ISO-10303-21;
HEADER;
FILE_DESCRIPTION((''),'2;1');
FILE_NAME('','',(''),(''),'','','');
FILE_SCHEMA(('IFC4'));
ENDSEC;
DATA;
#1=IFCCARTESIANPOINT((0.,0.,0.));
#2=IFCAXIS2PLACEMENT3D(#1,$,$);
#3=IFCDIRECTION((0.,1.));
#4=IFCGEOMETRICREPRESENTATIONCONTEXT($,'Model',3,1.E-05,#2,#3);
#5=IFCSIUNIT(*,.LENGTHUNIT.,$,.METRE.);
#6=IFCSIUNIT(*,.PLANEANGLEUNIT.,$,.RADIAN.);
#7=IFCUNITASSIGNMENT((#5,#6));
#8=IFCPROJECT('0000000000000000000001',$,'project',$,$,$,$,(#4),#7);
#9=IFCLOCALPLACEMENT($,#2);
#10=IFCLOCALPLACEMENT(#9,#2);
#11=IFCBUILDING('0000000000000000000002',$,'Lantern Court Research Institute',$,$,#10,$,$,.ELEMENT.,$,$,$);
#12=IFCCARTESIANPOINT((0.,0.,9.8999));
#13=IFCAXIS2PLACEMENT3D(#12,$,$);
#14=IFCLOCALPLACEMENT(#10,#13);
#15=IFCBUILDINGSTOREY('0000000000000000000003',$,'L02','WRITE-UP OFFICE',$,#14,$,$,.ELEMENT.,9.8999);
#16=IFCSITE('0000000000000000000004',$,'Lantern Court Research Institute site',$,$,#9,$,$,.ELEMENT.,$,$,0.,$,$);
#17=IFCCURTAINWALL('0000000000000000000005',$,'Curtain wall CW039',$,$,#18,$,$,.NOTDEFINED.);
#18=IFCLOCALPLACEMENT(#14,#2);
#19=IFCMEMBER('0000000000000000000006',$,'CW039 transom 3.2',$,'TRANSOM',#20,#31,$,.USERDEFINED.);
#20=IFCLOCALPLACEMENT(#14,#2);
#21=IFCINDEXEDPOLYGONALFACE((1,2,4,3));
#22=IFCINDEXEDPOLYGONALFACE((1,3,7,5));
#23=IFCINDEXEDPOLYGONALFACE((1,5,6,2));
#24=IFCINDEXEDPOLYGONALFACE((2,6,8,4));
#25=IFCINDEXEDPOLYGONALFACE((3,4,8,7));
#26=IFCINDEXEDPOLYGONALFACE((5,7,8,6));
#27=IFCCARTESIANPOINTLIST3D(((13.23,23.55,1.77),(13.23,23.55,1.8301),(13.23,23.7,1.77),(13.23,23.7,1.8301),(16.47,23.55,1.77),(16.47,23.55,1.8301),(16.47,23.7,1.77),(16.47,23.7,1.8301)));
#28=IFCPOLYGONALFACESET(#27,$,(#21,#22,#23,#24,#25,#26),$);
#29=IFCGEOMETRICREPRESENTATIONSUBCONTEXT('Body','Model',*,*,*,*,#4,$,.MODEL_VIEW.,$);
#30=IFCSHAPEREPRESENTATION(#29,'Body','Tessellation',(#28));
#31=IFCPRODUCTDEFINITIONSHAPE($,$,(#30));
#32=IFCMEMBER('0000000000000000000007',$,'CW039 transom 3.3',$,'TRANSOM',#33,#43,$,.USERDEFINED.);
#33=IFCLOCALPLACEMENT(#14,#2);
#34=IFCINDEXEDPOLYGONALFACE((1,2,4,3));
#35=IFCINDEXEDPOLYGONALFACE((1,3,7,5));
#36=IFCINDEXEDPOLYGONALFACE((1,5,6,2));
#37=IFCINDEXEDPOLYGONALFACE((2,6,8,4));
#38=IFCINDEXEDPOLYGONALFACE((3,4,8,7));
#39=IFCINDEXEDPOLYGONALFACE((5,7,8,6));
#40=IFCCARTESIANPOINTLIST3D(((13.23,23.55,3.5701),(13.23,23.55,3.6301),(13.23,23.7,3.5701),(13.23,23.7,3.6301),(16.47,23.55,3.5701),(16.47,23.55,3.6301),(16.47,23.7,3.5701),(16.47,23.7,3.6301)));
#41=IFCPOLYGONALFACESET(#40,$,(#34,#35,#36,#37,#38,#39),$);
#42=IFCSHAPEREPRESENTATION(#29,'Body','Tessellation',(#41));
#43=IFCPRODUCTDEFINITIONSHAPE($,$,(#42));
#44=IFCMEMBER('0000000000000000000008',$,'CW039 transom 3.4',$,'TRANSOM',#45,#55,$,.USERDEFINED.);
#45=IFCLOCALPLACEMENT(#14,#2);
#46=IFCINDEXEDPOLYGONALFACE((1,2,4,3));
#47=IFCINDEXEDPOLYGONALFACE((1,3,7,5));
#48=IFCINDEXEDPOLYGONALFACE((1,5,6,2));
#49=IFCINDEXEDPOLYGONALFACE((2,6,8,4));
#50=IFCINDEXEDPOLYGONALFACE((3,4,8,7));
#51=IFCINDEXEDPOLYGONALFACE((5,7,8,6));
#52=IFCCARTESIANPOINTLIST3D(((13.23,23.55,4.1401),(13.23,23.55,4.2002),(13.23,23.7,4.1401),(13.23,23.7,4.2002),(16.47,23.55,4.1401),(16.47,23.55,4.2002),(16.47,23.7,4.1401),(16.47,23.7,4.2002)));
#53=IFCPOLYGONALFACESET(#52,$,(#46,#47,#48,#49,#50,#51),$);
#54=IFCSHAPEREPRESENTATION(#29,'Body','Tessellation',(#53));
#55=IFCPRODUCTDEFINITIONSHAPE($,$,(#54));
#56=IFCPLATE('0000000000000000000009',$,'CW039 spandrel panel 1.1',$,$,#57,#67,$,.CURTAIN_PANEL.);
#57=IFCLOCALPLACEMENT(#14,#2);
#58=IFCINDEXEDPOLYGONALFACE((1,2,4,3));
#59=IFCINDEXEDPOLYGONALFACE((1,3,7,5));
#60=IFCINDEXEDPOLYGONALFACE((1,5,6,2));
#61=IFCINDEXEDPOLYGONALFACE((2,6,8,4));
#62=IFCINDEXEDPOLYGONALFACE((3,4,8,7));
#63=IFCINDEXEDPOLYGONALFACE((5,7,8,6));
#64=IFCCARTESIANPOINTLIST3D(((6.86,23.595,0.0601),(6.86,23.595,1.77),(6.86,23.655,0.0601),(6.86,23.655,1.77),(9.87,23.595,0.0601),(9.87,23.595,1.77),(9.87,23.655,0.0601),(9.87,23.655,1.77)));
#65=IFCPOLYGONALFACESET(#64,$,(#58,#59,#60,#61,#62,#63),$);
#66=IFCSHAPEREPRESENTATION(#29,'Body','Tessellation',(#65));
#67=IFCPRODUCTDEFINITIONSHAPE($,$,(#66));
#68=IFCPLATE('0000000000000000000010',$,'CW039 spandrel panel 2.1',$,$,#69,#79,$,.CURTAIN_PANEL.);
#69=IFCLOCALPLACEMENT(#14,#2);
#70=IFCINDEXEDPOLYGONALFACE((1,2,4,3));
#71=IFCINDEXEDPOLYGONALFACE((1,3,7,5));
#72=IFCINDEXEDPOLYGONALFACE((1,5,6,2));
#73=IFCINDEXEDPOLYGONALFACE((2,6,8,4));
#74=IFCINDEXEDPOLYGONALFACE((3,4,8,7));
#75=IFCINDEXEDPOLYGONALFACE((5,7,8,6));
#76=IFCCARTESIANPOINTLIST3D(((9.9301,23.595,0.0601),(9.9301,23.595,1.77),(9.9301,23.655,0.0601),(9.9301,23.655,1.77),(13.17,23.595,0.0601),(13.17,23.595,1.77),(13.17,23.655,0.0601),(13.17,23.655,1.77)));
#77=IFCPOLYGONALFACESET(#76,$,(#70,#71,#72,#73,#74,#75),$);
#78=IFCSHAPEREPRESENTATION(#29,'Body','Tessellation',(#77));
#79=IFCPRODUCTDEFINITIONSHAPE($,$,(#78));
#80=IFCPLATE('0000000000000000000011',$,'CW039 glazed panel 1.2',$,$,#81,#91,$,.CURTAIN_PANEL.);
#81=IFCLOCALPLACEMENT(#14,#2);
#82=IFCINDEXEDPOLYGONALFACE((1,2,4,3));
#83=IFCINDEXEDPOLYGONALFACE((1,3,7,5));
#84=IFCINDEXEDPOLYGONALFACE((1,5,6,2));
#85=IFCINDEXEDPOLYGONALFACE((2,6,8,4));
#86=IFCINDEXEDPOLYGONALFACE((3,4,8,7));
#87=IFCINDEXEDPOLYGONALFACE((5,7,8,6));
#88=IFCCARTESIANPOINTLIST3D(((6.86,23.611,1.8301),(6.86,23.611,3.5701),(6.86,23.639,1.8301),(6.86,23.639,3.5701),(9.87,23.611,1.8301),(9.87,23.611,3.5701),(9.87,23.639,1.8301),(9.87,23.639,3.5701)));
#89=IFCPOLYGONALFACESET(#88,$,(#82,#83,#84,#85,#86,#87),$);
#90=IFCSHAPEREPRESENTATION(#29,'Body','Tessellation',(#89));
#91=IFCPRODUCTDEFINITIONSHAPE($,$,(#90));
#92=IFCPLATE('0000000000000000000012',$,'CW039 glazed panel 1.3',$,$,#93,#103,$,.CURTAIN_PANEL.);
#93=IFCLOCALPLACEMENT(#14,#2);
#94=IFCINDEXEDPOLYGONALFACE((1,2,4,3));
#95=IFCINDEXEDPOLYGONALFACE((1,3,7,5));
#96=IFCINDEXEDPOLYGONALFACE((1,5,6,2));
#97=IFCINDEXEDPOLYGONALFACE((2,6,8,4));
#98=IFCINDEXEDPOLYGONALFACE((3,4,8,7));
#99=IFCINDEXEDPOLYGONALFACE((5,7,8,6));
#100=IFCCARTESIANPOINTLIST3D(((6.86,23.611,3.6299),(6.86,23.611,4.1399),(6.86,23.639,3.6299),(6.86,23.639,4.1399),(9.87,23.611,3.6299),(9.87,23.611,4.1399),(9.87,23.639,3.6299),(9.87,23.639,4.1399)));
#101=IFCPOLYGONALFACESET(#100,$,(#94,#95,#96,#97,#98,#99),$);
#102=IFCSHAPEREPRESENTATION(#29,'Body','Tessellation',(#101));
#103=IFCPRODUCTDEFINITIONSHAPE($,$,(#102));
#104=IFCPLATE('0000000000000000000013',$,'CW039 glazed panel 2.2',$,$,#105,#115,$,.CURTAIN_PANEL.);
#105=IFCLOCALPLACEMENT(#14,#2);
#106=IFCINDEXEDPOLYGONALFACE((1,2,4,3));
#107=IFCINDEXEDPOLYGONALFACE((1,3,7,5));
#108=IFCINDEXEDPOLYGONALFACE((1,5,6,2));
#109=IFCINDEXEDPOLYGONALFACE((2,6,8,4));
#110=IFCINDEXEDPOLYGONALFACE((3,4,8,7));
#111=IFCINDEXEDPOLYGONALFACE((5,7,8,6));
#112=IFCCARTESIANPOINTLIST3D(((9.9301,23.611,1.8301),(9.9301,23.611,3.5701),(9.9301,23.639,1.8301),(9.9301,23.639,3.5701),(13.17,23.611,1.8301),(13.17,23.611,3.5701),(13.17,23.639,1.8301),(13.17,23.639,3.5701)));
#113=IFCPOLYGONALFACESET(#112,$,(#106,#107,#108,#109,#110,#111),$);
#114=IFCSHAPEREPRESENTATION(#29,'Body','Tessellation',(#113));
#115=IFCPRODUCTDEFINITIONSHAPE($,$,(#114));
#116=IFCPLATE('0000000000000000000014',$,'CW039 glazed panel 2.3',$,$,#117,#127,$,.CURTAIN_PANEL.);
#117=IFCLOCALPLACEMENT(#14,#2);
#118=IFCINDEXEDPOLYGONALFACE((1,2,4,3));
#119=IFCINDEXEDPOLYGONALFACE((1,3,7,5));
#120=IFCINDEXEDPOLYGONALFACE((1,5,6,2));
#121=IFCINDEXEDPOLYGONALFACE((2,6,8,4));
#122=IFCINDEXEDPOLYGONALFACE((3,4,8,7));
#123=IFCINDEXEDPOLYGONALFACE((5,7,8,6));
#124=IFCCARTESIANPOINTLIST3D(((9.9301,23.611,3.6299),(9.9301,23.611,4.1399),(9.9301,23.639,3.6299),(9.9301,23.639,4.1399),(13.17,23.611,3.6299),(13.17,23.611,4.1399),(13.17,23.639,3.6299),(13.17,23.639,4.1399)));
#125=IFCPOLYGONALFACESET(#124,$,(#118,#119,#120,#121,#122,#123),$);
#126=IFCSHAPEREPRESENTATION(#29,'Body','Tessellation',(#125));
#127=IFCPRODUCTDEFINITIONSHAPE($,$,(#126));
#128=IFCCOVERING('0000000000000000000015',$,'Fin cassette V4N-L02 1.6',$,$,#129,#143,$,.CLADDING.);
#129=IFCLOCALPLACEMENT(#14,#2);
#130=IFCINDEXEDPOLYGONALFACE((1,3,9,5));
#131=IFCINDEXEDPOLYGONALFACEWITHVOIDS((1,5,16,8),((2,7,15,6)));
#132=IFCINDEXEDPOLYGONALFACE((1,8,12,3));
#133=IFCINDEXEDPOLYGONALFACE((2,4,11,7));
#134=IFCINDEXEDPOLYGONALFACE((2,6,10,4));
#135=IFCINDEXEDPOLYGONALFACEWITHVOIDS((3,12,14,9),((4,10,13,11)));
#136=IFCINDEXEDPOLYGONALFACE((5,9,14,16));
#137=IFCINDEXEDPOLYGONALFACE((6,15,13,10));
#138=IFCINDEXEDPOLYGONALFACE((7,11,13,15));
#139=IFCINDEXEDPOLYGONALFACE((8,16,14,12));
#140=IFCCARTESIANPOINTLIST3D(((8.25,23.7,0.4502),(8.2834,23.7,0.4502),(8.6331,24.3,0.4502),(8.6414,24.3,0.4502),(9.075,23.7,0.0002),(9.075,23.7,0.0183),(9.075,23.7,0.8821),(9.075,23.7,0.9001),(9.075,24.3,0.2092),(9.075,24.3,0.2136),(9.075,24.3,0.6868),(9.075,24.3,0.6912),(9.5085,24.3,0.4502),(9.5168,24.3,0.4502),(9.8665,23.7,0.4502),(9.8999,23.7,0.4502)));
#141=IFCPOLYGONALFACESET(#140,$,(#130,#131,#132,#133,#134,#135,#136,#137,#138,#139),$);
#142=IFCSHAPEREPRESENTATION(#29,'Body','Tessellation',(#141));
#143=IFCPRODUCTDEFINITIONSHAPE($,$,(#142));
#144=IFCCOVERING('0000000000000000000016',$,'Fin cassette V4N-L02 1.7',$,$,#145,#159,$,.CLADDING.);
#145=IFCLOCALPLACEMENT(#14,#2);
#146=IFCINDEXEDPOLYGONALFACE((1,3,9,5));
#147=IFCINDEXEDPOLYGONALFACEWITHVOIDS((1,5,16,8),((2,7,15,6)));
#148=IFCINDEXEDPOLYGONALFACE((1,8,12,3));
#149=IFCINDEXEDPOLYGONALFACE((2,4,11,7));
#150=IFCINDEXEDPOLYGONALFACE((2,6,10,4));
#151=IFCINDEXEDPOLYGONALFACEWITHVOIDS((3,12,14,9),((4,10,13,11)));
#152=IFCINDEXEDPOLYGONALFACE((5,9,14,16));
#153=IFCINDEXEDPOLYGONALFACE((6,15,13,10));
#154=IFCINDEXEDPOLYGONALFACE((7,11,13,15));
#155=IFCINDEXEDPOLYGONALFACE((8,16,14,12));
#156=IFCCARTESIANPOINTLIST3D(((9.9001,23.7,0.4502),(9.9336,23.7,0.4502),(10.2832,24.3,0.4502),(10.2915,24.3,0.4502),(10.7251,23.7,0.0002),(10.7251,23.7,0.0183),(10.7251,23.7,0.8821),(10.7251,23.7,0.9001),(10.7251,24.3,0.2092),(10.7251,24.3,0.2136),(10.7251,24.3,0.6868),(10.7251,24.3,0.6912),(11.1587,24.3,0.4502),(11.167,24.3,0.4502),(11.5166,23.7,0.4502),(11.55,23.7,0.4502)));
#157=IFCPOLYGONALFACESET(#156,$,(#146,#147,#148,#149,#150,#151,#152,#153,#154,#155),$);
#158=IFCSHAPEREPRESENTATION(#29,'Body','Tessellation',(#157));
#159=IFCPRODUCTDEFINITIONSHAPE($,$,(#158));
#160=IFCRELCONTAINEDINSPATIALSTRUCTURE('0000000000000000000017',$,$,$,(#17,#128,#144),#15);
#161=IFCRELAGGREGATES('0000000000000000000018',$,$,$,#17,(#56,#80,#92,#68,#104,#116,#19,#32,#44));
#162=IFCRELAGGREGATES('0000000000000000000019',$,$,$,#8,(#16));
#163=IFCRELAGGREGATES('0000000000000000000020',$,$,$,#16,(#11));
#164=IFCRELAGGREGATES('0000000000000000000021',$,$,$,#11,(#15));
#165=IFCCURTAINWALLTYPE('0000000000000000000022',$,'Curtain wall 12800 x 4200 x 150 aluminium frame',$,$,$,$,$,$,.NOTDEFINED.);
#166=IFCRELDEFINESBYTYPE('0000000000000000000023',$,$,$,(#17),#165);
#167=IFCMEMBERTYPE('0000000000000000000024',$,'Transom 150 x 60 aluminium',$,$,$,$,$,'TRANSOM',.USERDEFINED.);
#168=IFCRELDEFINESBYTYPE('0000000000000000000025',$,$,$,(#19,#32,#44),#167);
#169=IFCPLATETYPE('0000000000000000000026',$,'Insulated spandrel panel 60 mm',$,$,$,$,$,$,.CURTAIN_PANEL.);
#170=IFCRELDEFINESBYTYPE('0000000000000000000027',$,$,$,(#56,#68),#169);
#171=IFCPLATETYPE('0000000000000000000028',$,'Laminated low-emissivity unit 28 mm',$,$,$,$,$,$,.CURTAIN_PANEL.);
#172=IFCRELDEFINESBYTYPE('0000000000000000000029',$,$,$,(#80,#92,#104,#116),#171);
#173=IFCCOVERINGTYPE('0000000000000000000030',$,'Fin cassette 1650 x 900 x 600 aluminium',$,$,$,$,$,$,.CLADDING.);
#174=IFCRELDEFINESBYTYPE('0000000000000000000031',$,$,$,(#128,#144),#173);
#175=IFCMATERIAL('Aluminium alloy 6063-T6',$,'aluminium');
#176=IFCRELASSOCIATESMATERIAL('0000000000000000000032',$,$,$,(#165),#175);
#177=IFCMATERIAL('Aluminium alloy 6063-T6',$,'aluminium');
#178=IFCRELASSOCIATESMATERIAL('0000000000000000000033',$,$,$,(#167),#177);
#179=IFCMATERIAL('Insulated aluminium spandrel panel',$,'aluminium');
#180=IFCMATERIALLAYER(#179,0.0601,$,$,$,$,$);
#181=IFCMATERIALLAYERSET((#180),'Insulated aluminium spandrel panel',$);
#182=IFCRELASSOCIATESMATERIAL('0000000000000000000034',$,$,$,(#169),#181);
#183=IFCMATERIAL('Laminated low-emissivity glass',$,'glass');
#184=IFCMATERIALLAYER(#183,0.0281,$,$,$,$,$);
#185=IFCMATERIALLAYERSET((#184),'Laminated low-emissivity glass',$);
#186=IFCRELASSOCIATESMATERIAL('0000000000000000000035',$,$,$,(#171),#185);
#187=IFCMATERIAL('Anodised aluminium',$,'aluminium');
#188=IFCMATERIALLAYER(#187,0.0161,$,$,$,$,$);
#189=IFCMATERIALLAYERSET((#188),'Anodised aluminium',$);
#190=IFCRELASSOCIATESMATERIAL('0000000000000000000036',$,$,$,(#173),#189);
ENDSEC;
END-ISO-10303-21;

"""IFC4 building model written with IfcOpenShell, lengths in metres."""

from ifc_helpers import new_model, entity, si_unit, direction, frame, origin, origin_2d, place, context, subcontext, project, spatial, rectangle, extrude, material, layer, layer_set, material_profile, profile_set, type_object, element, aggregate, save


model = new_model("IFC4")

# Units and contexts
model_context = context("Model", 3, precision=1e-05, world=origin(), true_north=direction((0.0, 1.0)))
body_context = subcontext(model_context, "Body", "Model", "MODEL_VIEW")
ifc_project = project(units=[si_unit("LENGTHUNIT", "METRE"), si_unit("PLANEANGLEUNIT", "RADIAN")], contexts=[model_context])

# Site, building, storey
site_placement = place(None, origin())
site = spatial("IfcSite", under=ifc_project, at=site_placement, Name="Lantern Court Research Institute site", CompositionType="ELEMENT", RefElevation=0.0)
building_placement = place(site_placement, origin())
building = spatial("IfcBuilding", under=site, at=building_placement, Name="Lantern Court Research Institute", CompositionType="ELEMENT")
storey_placement = place(building_placement, frame((0.0, 0.0, 9.8999)))
storey = spatial("IfcBuildingStorey", under=building, at=storey_placement, Name="L02", Description="WRITE-UP OFFICE", CompositionType="ELEMENT", Elevation=9.8999)

# Curtain wall
ifc_material_1 = material(Name="Aluminium alloy 6063-T6", Category="aluminium")
curtain_wall_type = type_object("IfcCurtainWallType", Name="Curtain wall 12800 x 4200 x 150 aluminium frame", PredefinedType="NOTDEFINED", material=ifc_material_1)
curtain_wall_placement = place(storey_placement, origin())
curtain_wall = element("IfcCurtainWall", 1, at=curtain_wall_placement, inside=storey, type_object=curtain_wall_type, Name="Curtain wall CW039", PredefinedType="NOTDEFINED")

# Members
ifc_material_2 = material(Name="Aluminium alloy 6063-T6", Category="aluminium")
ifc_material_profile_1 = material_profile(ifc_material_2, rectangle(XDim=0.1499, YDim=0.0601, at=origin_2d()), Name="Transom 150 x 60")
ifc_profile_set_1 = profile_set([ifc_material_profile_1], Name="Aluminium alloy 6063-T6")
member_type_1 = type_object("IfcMemberType", Name="Transom 150 x 60 aluminium", ElementType="TRANSOM", PredefinedType="USERDEFINED", material=ifc_profile_set_1)
member_1_placement = place(storey_placement, frame((13.23, 23.625, 1.8), z_axis=(1.0, 0.0, 0.0), x_axis=(0.0, 1.0, 0.0)))
member_1 = element("IfcMember", 2, at=member_1_placement, type_object=member_type_1, Name="CW039 transom 3.2", ObjectType="TRANSOM", PredefinedType="USERDEFINED", context=body_context, shape_type="SweptSolid", body=[
    extrude(rectangle(XDim=0.1499, YDim=0.0601, at=origin_2d()), origin(), (0.0, 0.0, 1.0), 3.24),
])
member_2_placement = place(storey_placement, frame((13.23, 23.625, 3.6001), z_axis=(1.0, 0.0, 0.0), x_axis=(0.0, 1.0, 0.0)))
member_2 = element("IfcMember", 3, at=member_2_placement, type_object=member_type_1, Name="CW039 transom 3.3", ObjectType="TRANSOM", PredefinedType="USERDEFINED", context=body_context, shape_type="SweptSolid", body=[
    extrude(rectangle(XDim=0.1499, YDim=0.0601, at=origin_2d()), origin(), (0.0, 0.0, 1.0), 3.24),
])
member_3_placement = place(storey_placement, frame((13.23, 23.625, 4.1702), z_axis=(1.0, 0.0, 0.0), x_axis=(0.0, 1.0, 0.0)))
member_3 = element("IfcMember", 4, at=member_3_placement, type_object=member_type_1, Name="CW039 transom 3.4", ObjectType="TRANSOM", PredefinedType="USERDEFINED", context=body_context, shape_type="SweptSolid", body=[
    extrude(rectangle(XDim=0.1499, YDim=0.0601, at=origin_2d()), origin(), (0.0, 0.0, 1.0), 3.24),
])

# Plates
ifc_material_3 = material(Name="Insulated aluminium spandrel panel", Category="aluminium")
ifc_layer_1 = layer(ifc_material_3, 0.0601)
ifc_layer_set_1 = layer_set([ifc_layer_1], Name="Insulated aluminium spandrel panel")
plate_type_1 = type_object("IfcPlateType", Name="Insulated spandrel panel 60 mm", PredefinedType="CURTAIN_PANEL", material=ifc_layer_set_1)
plate_1_placement = place(storey_placement, frame((8.365, 23.625, 0.0601), z_axis=(0.0, 0.0, 1.0), x_axis=(1.0, 0.0, 0.0)))
plate_1 = element("IfcPlate", 5, at=plate_1_placement, type_object=plate_type_1, Name="CW039 spandrel panel 1.1", PredefinedType="CURTAIN_PANEL", context=body_context, shape_type="SweptSolid", body=[
    extrude(rectangle(XDim=3.01, YDim=0.0601, at=origin_2d()), origin(), (0.0, 0.0, 1.0), 1.71),
])
plate_2_placement = place(storey_placement, frame((11.55, 23.625, 0.0601), z_axis=(0.0, 0.0, 1.0), x_axis=(1.0, 0.0, 0.0)))
plate_2 = element("IfcPlate", 6, at=plate_2_placement, type_object=plate_type_1, Name="CW039 spandrel panel 2.1", PredefinedType="CURTAIN_PANEL", context=body_context, shape_type="SweptSolid", body=[
    extrude(rectangle(XDim=3.24, YDim=0.0601, at=origin_2d()), origin(), (0.0, 0.0, 1.0), 1.71),
])
ifc_material_4 = material(Name="Laminated low-emissivity glass", Category="glass")
ifc_layer_2 = layer(ifc_material_4, 0.0281)
ifc_layer_set_2 = layer_set([ifc_layer_2], Name="Laminated low-emissivity glass")
plate_type_2 = type_object("IfcPlateType", Name="Laminated low-emissivity unit 28 mm", PredefinedType="CURTAIN_PANEL", material=ifc_layer_set_2)
plate_3_placement = place(storey_placement, frame((8.365, 23.625, 1.8301), z_axis=(0.0, 0.0, 1.0), x_axis=(1.0, 0.0, 0.0)))
plate_3 = element("IfcPlate", 7, at=plate_3_placement, type_object=plate_type_2, Name="CW039 glazed panel 1.2", PredefinedType="CURTAIN_PANEL", context=body_context, shape_type="SweptSolid", body=[
    extrude(rectangle(XDim=3.01, YDim=0.0281, at=origin_2d()), origin(), (0.0, 0.0, 1.0), 1.74),
])
plate_4_placement = place(storey_placement, frame((8.365, 23.625, 3.6299), z_axis=(0.0, 0.0, 1.0), x_axis=(1.0, 0.0, 0.0)))
plate_4 = element("IfcPlate", 8, at=plate_4_placement, type_object=plate_type_2, Name="CW039 glazed panel 1.3", PredefinedType="CURTAIN_PANEL", context=body_context, shape_type="SweptSolid", body=[
    extrude(rectangle(XDim=3.01, YDim=0.0281, at=origin_2d()), origin(), (0.0, 0.0, 1.0), 0.51),
])
plate_5_placement = place(storey_placement, frame((11.55, 23.625, 1.8301), z_axis=(0.0, 0.0, 1.0), x_axis=(1.0, 0.0, 0.0)))
plate_5 = element("IfcPlate", 9, at=plate_5_placement, type_object=plate_type_2, Name="CW039 glazed panel 2.2", PredefinedType="CURTAIN_PANEL", context=body_context, shape_type="SweptSolid", body=[
    extrude(rectangle(XDim=3.24, YDim=0.0281, at=origin_2d()), origin(), (0.0, 0.0, 1.0), 1.74),
])
plate_6_placement = place(storey_placement, frame((11.55, 23.625, 3.6299), z_axis=(0.0, 0.0, 1.0), x_axis=(1.0, 0.0, 0.0)))
plate_6 = element("IfcPlate", 10, at=plate_6_placement, type_object=plate_type_2, Name="CW039 glazed panel 2.3", PredefinedType="CURTAIN_PANEL", context=body_context, shape_type="SweptSolid", body=[
    extrude(rectangle(XDim=3.24, YDim=0.0281, at=origin_2d()), origin(), (0.0, 0.0, 1.0), 0.51),
])
aggregate(curtain_wall, [plate_1, plate_3, plate_4, plate_2, plate_5, plate_6, member_1, member_2, member_3])

# Coverings
ifc_material_5 = material(Name="Anodised aluminium", Category="aluminium")
ifc_layer_3 = layer(ifc_material_5, 0.0161)
ifc_layer_set_3 = layer_set([ifc_layer_3], Name="Anodised aluminium")
covering_type = type_object("IfcCoveringType", Name="Fin cassette 1650 x 900 x 600 aluminium", PredefinedType="CLADDING", material=ifc_layer_set_3)
covering_1_placement = place(storey_placement, frame((9.075, 23.7, 0.4502), z_axis=(0.0, 1.0, 0.0), x_axis=(-1.0, 0.0, 0.0)))
cartesian_point_1 = entity("IfcCartesianPoint", [0.825, 0.0])
cartesian_point_2 = entity("IfcCartesianPoint", [0.7915, 0.0])
cartesian_point_3 = entity("IfcCartesianPoint", [0.4419, 0.0])
cartesian_point_4 = entity("IfcCartesianPoint", [0.4336, 0.0])
element("IfcCovering", 11, at=covering_1_placement, inside=storey, type_object=covering_type, Name="Fin cassette V4N-L02 1.6", PredefinedType="CLADDING", context=body_context, shape_type="SweptSolid", body=[
    entity("IfcExtrudedAreaSolidTapered", entity("IfcArbitraryProfileDefWithVoids", "AREA", None, entity("IfcPolyline", [cartesian_point_1, entity("IfcCartesianPoint", [0.0, 0.45]), entity("IfcCartesianPoint", [-0.825, 0.0]), entity("IfcCartesianPoint", [0.0, -0.45]), cartesian_point_1]), [entity("IfcPolyline", [cartesian_point_2, entity("IfcCartesianPoint", [0.0, 0.4319]), entity("IfcCartesianPoint", [-0.7915, 0.0]), entity("IfcCartesianPoint", [0.0, -0.4319]), cartesian_point_2])]), entity("IfcAxis2Placement3D", entity("IfcCartesianPoint", [0.0, 0.0, 0.0])), entity("IfcDirection", [0.0, 0.0, 1.0]), 0.6001, entity("IfcArbitraryProfileDefWithVoids", "AREA", None, entity("IfcPolyline", [cartesian_point_3, entity("IfcCartesianPoint", [0.0, 0.241]), entity("IfcCartesianPoint", [-0.4419, 0.0]), entity("IfcCartesianPoint", [0.0, -0.241]), cartesian_point_3]), [entity("IfcPolyline", [cartesian_point_4, entity("IfcCartesianPoint", [0.0, 0.2366]), entity("IfcCartesianPoint", [-0.4336, 0.0]), entity("IfcCartesianPoint", [0.0, -0.2366]), cartesian_point_4])])),
])
covering_2_placement = place(storey_placement, frame((10.7251, 23.7, 0.4502), z_axis=(0.0, 1.0, 0.0), x_axis=(-1.0, 0.0, 0.0)))
cartesian_point_5 = entity("IfcCartesianPoint", [0.825, 0.0])
cartesian_point_6 = entity("IfcCartesianPoint", [0.7915, 0.0])
cartesian_point_7 = entity("IfcCartesianPoint", [0.4419, 0.0])
cartesian_point_8 = entity("IfcCartesianPoint", [0.4336, 0.0])
element("IfcCovering", 12, at=covering_2_placement, inside=storey, type_object=covering_type, Name="Fin cassette V4N-L02 1.7", PredefinedType="CLADDING", context=body_context, shape_type="SweptSolid", body=[
    entity("IfcExtrudedAreaSolidTapered", entity("IfcArbitraryProfileDefWithVoids", "AREA", None, entity("IfcPolyline", [cartesian_point_5, entity("IfcCartesianPoint", [0.0, 0.45]), entity("IfcCartesianPoint", [-0.825, 0.0]), entity("IfcCartesianPoint", [0.0, -0.45]), cartesian_point_5]), [entity("IfcPolyline", [cartesian_point_6, entity("IfcCartesianPoint", [0.0, 0.4319]), entity("IfcCartesianPoint", [-0.7915, 0.0]), entity("IfcCartesianPoint", [0.0, -0.4319]), cartesian_point_6])]), entity("IfcAxis2Placement3D", entity("IfcCartesianPoint", [0.0, 0.0, 0.0])), entity("IfcDirection", [0.0, 0.0, 1.0]), 0.6001, entity("IfcArbitraryProfileDefWithVoids", "AREA", None, entity("IfcPolyline", [cartesian_point_7, entity("IfcCartesianPoint", [0.0, 0.241]), entity("IfcCartesianPoint", [-0.4419, 0.0]), entity("IfcCartesianPoint", [0.0, -0.241]), cartesian_point_7]), [entity("IfcPolyline", [cartesian_point_8, entity("IfcCartesianPoint", [0.0, 0.2366]), entity("IfcCartesianPoint", [-0.4336, 0.0]), entity("IfcCartesianPoint", [0.0, -0.2366]), cartesian_point_8])])),
])

save(model, "model.ifc")
